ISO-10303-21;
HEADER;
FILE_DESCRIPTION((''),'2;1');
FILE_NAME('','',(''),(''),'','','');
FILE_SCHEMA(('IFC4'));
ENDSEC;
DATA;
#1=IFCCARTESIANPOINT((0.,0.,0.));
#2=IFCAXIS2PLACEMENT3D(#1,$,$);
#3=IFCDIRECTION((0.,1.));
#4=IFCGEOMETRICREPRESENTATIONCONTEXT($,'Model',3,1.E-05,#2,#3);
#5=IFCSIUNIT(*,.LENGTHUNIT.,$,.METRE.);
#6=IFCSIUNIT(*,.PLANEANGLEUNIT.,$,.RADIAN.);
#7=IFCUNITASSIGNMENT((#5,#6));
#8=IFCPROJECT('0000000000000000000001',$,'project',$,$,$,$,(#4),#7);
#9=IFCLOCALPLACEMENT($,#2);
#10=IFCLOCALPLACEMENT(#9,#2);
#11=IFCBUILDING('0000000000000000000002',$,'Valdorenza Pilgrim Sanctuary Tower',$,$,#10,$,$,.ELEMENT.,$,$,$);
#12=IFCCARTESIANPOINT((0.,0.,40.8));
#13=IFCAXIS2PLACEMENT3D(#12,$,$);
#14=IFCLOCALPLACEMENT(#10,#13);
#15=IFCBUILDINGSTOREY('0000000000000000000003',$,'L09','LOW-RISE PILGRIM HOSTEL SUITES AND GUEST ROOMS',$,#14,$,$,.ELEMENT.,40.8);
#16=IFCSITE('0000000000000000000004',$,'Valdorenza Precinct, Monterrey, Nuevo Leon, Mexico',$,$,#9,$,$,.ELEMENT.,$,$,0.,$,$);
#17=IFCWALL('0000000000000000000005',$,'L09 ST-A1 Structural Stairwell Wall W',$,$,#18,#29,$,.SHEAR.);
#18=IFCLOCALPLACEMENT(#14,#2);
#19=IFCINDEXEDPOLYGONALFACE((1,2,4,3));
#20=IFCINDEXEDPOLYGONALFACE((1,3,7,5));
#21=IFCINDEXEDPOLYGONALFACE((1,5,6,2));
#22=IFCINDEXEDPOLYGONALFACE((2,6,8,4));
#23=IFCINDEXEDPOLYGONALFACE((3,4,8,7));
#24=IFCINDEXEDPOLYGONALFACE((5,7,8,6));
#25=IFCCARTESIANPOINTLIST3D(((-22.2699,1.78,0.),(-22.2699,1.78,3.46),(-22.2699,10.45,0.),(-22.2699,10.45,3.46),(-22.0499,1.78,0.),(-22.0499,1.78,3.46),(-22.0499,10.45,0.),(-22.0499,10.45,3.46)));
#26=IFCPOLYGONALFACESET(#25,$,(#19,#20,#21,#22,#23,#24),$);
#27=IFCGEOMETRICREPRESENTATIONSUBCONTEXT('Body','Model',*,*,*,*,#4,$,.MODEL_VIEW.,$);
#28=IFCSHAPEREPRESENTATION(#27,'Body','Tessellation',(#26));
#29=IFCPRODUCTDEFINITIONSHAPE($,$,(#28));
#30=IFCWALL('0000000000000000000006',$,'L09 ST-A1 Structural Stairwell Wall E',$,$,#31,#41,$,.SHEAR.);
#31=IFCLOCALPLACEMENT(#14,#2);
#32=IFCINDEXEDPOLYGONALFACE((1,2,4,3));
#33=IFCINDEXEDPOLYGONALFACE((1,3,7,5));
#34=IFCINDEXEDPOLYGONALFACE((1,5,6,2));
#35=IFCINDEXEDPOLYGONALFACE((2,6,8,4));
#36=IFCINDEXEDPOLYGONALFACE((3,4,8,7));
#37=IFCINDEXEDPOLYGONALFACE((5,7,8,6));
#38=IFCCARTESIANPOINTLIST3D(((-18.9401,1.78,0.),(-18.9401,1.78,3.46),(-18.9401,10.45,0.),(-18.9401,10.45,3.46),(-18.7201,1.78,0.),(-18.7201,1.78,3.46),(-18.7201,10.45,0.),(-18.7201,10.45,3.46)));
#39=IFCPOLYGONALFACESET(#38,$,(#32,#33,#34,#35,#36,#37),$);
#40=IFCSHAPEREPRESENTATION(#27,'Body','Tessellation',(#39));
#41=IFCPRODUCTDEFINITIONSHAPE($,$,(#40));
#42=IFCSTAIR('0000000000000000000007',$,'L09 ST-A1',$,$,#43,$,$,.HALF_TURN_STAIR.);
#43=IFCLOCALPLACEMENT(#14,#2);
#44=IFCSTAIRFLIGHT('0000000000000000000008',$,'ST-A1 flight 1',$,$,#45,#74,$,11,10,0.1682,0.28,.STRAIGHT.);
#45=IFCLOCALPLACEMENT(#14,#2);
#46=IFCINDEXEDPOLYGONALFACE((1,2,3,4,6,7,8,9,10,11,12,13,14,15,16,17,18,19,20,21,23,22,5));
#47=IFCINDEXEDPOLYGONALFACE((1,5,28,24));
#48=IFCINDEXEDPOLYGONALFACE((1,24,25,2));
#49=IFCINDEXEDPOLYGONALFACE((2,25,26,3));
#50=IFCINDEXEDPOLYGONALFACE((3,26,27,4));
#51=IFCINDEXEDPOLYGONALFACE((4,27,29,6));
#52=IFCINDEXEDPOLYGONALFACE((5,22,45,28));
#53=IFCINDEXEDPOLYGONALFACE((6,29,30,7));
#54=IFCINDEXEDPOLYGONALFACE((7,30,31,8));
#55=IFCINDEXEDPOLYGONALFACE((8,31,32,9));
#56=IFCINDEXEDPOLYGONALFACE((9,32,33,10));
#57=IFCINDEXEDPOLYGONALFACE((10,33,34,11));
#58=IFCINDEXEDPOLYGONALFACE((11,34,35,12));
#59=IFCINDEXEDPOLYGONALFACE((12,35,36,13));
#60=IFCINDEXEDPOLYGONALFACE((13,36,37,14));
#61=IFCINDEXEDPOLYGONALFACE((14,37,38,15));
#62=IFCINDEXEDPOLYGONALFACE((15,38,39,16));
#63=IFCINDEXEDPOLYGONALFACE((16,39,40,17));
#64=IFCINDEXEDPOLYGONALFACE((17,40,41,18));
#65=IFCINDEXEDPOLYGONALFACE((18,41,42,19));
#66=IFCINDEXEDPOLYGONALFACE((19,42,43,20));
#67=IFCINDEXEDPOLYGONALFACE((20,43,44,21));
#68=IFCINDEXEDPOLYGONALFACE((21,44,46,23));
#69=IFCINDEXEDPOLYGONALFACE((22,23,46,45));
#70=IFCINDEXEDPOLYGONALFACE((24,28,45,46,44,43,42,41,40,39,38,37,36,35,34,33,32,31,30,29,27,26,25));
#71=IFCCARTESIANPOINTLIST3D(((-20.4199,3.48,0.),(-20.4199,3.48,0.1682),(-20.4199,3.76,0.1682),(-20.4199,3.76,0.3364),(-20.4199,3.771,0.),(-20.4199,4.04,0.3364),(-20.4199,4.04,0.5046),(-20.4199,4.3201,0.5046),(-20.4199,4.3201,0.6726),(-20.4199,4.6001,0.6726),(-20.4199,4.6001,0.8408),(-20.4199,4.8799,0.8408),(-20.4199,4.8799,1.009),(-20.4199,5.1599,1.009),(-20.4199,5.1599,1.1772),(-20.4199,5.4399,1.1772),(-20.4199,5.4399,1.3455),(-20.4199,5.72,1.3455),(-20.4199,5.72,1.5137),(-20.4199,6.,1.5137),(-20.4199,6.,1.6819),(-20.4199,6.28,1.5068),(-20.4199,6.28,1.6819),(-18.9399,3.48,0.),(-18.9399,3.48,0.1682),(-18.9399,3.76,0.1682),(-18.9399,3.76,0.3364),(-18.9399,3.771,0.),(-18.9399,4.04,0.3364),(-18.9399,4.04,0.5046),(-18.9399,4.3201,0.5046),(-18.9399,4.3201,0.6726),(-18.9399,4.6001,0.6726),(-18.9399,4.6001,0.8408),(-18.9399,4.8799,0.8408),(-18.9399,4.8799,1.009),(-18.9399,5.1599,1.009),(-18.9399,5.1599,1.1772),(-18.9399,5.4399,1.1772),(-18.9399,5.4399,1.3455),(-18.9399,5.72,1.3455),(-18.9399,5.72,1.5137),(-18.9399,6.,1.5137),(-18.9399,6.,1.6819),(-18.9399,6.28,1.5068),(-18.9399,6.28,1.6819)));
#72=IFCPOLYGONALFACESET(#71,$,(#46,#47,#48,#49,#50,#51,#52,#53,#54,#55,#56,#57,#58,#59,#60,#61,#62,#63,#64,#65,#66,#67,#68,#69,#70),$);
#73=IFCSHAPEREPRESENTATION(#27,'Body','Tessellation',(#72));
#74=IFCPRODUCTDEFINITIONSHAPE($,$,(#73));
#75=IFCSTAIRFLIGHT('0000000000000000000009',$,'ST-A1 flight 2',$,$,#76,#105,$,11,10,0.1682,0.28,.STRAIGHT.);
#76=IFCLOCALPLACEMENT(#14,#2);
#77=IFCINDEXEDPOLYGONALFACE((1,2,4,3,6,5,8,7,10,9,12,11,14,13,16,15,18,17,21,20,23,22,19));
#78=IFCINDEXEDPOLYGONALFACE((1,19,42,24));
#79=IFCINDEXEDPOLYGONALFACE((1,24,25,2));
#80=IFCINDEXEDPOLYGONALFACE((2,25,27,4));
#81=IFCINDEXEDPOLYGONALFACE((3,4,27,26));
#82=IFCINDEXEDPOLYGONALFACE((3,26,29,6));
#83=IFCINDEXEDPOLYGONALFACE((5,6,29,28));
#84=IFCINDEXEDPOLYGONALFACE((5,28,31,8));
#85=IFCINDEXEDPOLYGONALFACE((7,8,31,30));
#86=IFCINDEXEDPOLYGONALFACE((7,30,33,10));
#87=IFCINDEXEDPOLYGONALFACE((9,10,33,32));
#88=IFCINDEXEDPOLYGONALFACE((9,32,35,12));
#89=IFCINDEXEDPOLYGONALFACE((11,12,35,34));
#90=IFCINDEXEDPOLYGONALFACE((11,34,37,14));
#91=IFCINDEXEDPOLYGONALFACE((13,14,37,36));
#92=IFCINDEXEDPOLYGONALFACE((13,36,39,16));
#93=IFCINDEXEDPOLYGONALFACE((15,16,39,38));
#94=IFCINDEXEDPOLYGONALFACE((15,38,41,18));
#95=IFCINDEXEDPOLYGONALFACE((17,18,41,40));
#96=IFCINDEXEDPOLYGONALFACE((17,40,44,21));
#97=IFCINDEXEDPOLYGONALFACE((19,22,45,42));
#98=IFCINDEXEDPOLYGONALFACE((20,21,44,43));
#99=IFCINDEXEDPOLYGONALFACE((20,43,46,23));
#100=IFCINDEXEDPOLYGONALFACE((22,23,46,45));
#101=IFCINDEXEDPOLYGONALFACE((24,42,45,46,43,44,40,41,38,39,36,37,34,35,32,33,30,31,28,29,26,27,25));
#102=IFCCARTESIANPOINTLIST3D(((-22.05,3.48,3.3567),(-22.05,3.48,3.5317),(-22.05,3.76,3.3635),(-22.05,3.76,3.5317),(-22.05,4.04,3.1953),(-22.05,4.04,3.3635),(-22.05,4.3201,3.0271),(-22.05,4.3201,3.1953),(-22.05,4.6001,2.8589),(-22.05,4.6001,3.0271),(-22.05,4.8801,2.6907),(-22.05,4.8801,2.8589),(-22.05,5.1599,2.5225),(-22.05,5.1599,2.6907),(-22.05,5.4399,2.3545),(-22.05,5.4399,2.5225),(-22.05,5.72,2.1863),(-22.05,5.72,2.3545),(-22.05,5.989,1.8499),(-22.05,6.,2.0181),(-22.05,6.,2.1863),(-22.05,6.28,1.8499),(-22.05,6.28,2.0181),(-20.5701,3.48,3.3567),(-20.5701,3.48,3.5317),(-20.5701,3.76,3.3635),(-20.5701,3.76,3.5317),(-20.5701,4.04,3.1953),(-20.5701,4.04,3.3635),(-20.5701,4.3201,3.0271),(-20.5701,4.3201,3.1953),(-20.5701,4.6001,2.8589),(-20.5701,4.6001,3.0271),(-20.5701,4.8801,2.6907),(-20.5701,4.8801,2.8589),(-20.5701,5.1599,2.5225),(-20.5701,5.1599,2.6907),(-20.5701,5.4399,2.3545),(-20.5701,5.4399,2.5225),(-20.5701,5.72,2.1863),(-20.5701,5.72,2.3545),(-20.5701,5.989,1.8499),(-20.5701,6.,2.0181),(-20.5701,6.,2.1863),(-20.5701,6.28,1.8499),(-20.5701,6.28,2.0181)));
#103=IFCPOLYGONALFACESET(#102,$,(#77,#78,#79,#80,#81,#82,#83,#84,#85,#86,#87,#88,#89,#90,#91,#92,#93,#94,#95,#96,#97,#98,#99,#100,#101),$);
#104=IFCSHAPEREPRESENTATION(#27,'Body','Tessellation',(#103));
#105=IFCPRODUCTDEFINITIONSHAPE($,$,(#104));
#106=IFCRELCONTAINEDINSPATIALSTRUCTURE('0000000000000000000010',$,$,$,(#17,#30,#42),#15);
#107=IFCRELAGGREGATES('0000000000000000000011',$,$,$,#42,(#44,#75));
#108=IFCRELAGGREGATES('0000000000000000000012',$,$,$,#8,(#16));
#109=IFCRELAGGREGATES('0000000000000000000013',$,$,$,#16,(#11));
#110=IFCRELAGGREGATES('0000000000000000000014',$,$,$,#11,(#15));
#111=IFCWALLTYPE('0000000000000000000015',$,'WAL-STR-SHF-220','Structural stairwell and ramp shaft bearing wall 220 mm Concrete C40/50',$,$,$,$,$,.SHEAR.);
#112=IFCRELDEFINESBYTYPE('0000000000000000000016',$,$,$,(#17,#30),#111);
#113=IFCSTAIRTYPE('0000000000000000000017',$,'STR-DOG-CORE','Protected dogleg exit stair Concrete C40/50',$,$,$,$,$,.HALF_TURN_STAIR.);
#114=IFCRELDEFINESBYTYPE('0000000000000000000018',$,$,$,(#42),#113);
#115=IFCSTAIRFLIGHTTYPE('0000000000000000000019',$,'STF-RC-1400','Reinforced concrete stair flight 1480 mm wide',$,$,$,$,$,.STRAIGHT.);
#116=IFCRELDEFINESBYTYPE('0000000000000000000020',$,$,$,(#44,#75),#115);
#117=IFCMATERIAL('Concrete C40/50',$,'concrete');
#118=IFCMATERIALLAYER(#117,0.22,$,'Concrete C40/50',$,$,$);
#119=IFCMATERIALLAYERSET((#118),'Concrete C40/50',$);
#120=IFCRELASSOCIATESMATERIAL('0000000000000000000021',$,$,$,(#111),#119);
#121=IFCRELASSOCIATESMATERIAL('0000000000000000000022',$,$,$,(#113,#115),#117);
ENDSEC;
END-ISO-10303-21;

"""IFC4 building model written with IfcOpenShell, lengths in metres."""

from ifc_helpers import new_model, si_unit, direction, frame, frame_2d, origin, place, context, subcontext, project, spatial, polyline, rectangle, outline, extrude, material, layer, layer_set, type_object, element, aggregate, save


model = new_model("IFC4")

# Units and contexts
model_context = context("Model", 3, precision=1e-05, world=origin(), true_north=direction((0.0, 1.0)))
body_context = subcontext(model_context, "Body", "Model", "MODEL_VIEW")
ifc_project = project(units=[si_unit("LENGTHUNIT", "METRE"), si_unit("PLANEANGLEUNIT", "RADIAN")], contexts=[model_context])

# Site, building, storey
site_placement = place(None, origin())
site = spatial("IfcSite", under=ifc_project, at=site_placement, Name="Valdorenza Precinct, Monterrey, Nuevo Leon, Mexico", CompositionType="ELEMENT", RefElevation=0.0)
building_placement = place(site_placement, origin())
building = spatial("IfcBuilding", under=site, at=building_placement, Name="Valdorenza Pilgrim Sanctuary Tower", CompositionType="ELEMENT")
storey_placement = place(building_placement, frame((0.0, 0.0, 40.8)))
storey = spatial("IfcBuildingStorey", under=building, at=storey_placement, Name="L09", Description="LOW-RISE PILGRIM HOSTEL SUITES AND GUEST ROOMS", CompositionType="ELEMENT", Elevation=40.8)

# Walls
ifc_material_1 = material(Name="Concrete C40/50", Category="concrete")
ifc_layer_1 = layer(ifc_material_1, 0.22, Name="Concrete C40/50")
ifc_layer_set_1 = layer_set([ifc_layer_1], Name="Concrete C40/50")
wall_type_1 = type_object("IfcWallType", Name="WAL-STR-SHF-220", Description="Structural stairwell and ramp shaft bearing wall 220 mm Concrete C40/50", PredefinedType="SHEAR", material=ifc_layer_set_1)
for number, where, z_axis, x_axis, name in (
    (1, (-22.1599, 1.78, 0.0), (0.0, 0.0, 1.0), (0.0, 1.0, 0.0), "L09 ST-A1 Structural Stairwell Wall W"),
    (2, (-18.8301, 1.78, 0.0), (0.0, 0.0, 1.0), (0.0, 1.0, 0.0), "L09 ST-A1 Structural Stairwell Wall E"),
):
    element("IfcWall", number, at=place(storey_placement, frame(where, z_axis=z_axis, x_axis=x_axis)), inside=storey, type_object=wall_type_1, Name=name, PredefinedType="SHEAR", context=body_context, shape_type="SweptSolid", body=[
        extrude(rectangle(XDim=8.6699, YDim=0.22, at=frame_2d((4.335, 0.0))), origin(), (0.0, 0.0, 1.0), 3.46),
    ])

# Stair, stair flights
stair_type = type_object("IfcStairType", Name="STR-DOG-CORE", Description="Protected dogleg exit stair Concrete C40/50", PredefinedType="HALF_TURN_STAIR", material=ifc_material_1)
stair_placement = place(storey_placement, origin())
stair = element("IfcStair", 3, at=stair_placement, inside=storey, type_object=stair_type, Name="L09 ST-A1", PredefinedType="HALF_TURN_STAIR")
stair_flight_type = type_object("IfcStairFlightType", Name="STF-RC-1400", Description="Reinforced concrete stair flight 1480 mm wide", PredefinedType="STRAIGHT", material=ifc_material_1)
stair_flight_1_placement = place(storey_placement, frame((-19.6799, 3.48, 0.0), z_axis=(0.0, 0.0, 1.0), x_axis=(0.0, 1.0, 0.0)))
stair_flight_1 = element("IfcStairFlight", 4, at=stair_flight_1_placement, type_object=stair_flight_type, Name="ST-A1 flight 1", NumberOfRisers=11, NumberOfTreads=10, PredefinedType="STRAIGHT", RiserHeight=0.1682, TreadLength=0.28, context=body_context, shape_type="SweptSolid", body=[
    extrude(outline(polyline([(0.0, 0.0), (0.0, 0.1682), (0.28, 0.1682), (0.28, 0.3364), (0.5601, 0.3364), (0.5601, 0.5046), (0.8401, 0.5046), (0.8401, 0.6726), (1.1201, 0.6726), (1.1201, 0.8408), (1.3999, 0.8408), (1.3999, 1.009), (1.6799, 1.009), (1.6799, 1.1772), (1.96, 1.1772), (1.96, 1.3455), (2.24, 1.3455), (2.24, 1.5137), (2.52, 1.5137), (2.52, 1.6819), (2.8, 1.6819), (2.8, 1.8501), (2.8, 1.5068), (0.291, 0.0), (0.0, 0.0)])), frame((0.0, 0.74, 0.0), z_axis=(0.0, -1.0, 0.0), x_axis=(1.0, 0.0, 0.0)), (0.0, 0.0, 1.0), 1.48),
])
stair_flight_2_placement = place(storey_placement, frame((-21.3101, 6.28, 1.8499), z_axis=(0.0, 0.0, 1.0), x_axis=(0.0, -1.0, 0.0)))
stair_flight_2 = element("IfcStairFlight", 5, at=stair_flight_2_placement, type_object=stair_flight_type, Name="ST-A1 flight 2", NumberOfRisers=11, NumberOfTreads=10, PredefinedType="STRAIGHT", RiserHeight=0.1682, TreadLength=0.28, context=body_context, shape_type="SweptSolid", body=[
    extrude(outline(polyline([(0.0, 0.0), (0.0, 0.1682), (0.28, 0.1682), (0.28, 0.3364), (0.5601, 0.3364), (0.5601, 0.5046), (0.8401, 0.5046), (0.8401, 0.6726), (1.1201, 0.6726), (1.1201, 0.8408), (1.3999, 0.8408), (1.3999, 1.009), (1.6799, 1.009), (1.6799, 1.1772), (1.96, 1.1772), (1.96, 1.3455), (2.24, 1.3455), (2.24, 1.5137), (2.52, 1.5137), (2.52, 1.6819), (2.8, 1.6819), (2.8, 1.8501), (2.8, 1.5068), (0.291, 0.0), (0.0, 0.0)])), frame((0.0, 0.74, 0.0), z_axis=(0.0, -1.0, 0.0), x_axis=(1.0, 0.0, 0.0)), (0.0, 0.0, 1.0), 1.48),
])
aggregate(stair, [stair_flight_1, stair_flight_2])

save(model, "model.ifc")
